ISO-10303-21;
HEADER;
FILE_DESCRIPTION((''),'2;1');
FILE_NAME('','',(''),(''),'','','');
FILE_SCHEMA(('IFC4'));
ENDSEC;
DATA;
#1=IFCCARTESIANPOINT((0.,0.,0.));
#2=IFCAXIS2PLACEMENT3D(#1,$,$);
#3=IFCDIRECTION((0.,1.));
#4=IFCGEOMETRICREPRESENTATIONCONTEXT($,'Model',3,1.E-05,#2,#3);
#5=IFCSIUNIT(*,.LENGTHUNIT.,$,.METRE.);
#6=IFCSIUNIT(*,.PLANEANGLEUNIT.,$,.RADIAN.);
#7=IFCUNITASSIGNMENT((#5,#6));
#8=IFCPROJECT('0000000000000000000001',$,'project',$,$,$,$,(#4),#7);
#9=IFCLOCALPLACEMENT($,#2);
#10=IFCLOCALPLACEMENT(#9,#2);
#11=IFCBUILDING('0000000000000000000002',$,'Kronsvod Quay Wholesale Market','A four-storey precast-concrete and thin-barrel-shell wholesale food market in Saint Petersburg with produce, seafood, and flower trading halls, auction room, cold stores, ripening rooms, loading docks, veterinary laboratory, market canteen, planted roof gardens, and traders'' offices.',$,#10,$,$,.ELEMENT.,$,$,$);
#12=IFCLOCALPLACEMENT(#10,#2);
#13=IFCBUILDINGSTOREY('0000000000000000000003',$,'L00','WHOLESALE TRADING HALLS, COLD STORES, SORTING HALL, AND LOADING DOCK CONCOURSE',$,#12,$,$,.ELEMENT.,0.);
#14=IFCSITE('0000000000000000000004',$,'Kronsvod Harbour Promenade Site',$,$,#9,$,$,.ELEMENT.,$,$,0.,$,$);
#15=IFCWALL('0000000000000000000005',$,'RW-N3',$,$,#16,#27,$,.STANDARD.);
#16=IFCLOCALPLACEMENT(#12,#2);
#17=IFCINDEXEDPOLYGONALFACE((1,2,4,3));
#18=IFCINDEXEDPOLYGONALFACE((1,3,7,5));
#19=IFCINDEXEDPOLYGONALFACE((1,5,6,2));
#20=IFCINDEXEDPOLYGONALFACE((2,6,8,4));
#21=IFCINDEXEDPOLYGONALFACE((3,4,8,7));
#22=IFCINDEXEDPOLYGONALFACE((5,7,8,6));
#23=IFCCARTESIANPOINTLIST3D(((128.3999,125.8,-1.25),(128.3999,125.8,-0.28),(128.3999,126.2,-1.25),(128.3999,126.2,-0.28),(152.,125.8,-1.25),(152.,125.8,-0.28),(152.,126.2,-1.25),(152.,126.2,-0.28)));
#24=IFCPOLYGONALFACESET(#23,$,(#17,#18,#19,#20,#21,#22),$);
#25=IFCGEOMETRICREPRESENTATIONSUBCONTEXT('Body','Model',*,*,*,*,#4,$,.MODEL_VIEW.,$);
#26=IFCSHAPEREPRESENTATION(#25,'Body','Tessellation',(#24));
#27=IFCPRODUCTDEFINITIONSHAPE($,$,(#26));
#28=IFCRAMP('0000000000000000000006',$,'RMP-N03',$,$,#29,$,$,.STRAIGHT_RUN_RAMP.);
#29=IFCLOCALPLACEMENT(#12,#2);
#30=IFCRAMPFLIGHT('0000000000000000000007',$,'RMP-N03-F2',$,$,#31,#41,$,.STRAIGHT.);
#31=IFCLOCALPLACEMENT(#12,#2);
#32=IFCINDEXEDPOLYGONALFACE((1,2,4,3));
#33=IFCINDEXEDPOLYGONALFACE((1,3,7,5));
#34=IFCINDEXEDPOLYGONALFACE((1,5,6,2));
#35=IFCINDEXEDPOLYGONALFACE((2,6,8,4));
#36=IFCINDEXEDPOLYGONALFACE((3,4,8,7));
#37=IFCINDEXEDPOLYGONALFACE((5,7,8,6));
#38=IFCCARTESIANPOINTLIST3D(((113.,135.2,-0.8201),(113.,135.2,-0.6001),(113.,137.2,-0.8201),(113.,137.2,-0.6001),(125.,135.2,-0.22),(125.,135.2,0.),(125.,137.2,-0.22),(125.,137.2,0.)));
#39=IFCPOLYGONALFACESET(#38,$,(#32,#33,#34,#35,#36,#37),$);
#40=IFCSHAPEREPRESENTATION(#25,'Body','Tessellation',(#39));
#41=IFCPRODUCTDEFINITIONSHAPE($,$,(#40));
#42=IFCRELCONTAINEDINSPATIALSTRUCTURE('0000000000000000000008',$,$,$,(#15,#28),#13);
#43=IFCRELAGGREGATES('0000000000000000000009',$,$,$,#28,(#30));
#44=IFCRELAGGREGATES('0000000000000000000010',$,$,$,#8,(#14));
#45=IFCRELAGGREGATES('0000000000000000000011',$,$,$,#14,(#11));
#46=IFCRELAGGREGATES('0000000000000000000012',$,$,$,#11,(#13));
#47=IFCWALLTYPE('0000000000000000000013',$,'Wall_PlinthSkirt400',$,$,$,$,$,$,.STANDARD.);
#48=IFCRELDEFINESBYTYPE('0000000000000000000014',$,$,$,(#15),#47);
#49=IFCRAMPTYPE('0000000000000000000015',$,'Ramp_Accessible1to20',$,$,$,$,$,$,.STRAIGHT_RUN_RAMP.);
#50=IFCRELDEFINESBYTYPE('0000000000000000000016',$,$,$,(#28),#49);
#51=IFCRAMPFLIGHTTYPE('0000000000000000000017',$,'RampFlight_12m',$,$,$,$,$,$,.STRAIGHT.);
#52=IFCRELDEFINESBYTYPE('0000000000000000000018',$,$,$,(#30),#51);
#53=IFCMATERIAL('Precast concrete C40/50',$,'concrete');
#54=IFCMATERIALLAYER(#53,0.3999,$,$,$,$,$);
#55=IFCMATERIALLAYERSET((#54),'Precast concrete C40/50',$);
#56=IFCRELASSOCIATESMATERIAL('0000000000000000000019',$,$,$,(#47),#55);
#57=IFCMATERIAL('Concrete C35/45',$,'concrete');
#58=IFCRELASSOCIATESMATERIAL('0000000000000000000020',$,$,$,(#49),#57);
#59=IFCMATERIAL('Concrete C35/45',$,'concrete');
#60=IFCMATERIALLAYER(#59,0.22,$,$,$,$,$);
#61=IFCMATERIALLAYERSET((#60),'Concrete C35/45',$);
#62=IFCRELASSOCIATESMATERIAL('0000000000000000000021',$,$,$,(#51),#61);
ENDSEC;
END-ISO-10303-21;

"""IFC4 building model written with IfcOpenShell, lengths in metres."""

from ifc_helpers import new_model, si_unit, direction, frame, frame_2d, origin, place, context, subcontext, project, spatial, polyline, rectangle, outline, extrude, material, layer, layer_set, type_object, element, aggregate, save


model = new_model("IFC4")

# Units and contexts
model_context = context("Model", 3, precision=1e-05, world=origin(), true_north=direction((0.0, 1.0)))
body_context = subcontext(model_context, "Body", "Model", "MODEL_VIEW")
ifc_project = project(units=[si_unit("LENGTHUNIT", "METRE"), si_unit("PLANEANGLEUNIT", "RADIAN")], contexts=[model_context])

# Site, building, storey
site_placement = place(None, origin())
site = spatial("IfcSite", under=ifc_project, at=site_placement, Name="Kronsvod Harbour Promenade Site", CompositionType="ELEMENT", RefElevation=0.0)
building_placement = place(site_placement, origin())
building = spatial("IfcBuilding", under=site, at=building_placement, Name="Kronsvod Quay Wholesale Market", Description="A four-storey precast-concrete and thin-barrel-shell wholesale food market in Saint Petersburg with produce, seafood, and flower trading halls, auction room, cold stores, ripening rooms, loading docks, veterinary laboratory, market canteen, planted roof gardens, and traders' offices.", CompositionType="ELEMENT")
storey_placement = place(building_placement, origin())
storey = spatial("IfcBuildingStorey", under=building, at=storey_placement, Name="L00", Description="WHOLESALE TRADING HALLS, COLD STORES, SORTING HALL, AND LOADING DOCK CONCOURSE", CompositionType="ELEMENT", Elevation=0.0)

# Wall
ifc_material_1 = material(Name="Precast concrete C40/50", Category="concrete")
ifc_layer_1 = layer(ifc_material_1, 0.3999)
ifc_layer_set_1 = layer_set([ifc_layer_1], Name="Precast concrete C40/50")
wall_type = type_object("IfcWallType", Name="Wall_PlinthSkirt400", PredefinedType="STANDARD", material=ifc_layer_set_1)
wall_placement = place(storey_placement, frame((128.3999, 126.0, -1.25), z_axis=(0.0, 0.0, 1.0), x_axis=(1.0, 0.0, 0.0)))
element("IfcWall", 1, at=wall_placement, inside=storey, type_object=wall_type, Name="RW-N3", PredefinedType="STANDARD", context=body_context, shape_type="SweptSolid", body=[
    extrude(rectangle(XDim=23.6001, YDim=0.3999, at=frame_2d((11.8, 0.0))), origin(), (0.0, 0.0, 1.0), 0.97),
])

# Ramp, ramp flight
ifc_material_2 = material(Name="Concrete C35/45", Category="concrete")
ramp_type = type_object("IfcRampType", Name="Ramp_Accessible1to20", PredefinedType="STRAIGHT_RUN_RAMP", material=ifc_material_2)
ramp_placement = place(storey_placement, origin())
ramp = element("IfcRamp", 2, at=ramp_placement, inside=storey, type_object=ramp_type, Name="RMP-N03", PredefinedType="STRAIGHT_RUN_RAMP")
ifc_material_3 = material(Name="Concrete C35/45", Category="concrete")
ifc_layer_2 = layer(ifc_material_3, 0.22)
ifc_layer_set_2 = layer_set([ifc_layer_2], Name="Concrete C35/45")
ramp_flight_type = type_object("IfcRampFlightType", Name="RampFlight_12m", PredefinedType="STRAIGHT", material=ifc_layer_set_2)
ramp_flight_placement = place(storey_placement, frame((113.0, 136.2, -0.6001), z_axis=(0.0, 0.0, 1.0), x_axis=(1.0, 0.0, 0.0)))
ramp_flight = element("IfcRampFlight", 3, at=ramp_flight_placement, type_object=ramp_flight_type, Name="RMP-N03-F2", PredefinedType="STRAIGHT", context=body_context, shape_type="SweptSolid", body=[
    extrude(outline(polyline([(0.0, 0.0), (0.0, -0.22), (12.0, 0.3801), (12.0, 0.6001), (0.0, 0.0)])), frame((0.0, 1.0, 0.0), z_axis=(0.0, -1.0, 0.0), x_axis=(1.0, 0.0, 0.0)), (0.0, 0.0, 1.0), 2.0),
])
aggregate(ramp, [ramp_flight])

save(model, "model.ifc")
